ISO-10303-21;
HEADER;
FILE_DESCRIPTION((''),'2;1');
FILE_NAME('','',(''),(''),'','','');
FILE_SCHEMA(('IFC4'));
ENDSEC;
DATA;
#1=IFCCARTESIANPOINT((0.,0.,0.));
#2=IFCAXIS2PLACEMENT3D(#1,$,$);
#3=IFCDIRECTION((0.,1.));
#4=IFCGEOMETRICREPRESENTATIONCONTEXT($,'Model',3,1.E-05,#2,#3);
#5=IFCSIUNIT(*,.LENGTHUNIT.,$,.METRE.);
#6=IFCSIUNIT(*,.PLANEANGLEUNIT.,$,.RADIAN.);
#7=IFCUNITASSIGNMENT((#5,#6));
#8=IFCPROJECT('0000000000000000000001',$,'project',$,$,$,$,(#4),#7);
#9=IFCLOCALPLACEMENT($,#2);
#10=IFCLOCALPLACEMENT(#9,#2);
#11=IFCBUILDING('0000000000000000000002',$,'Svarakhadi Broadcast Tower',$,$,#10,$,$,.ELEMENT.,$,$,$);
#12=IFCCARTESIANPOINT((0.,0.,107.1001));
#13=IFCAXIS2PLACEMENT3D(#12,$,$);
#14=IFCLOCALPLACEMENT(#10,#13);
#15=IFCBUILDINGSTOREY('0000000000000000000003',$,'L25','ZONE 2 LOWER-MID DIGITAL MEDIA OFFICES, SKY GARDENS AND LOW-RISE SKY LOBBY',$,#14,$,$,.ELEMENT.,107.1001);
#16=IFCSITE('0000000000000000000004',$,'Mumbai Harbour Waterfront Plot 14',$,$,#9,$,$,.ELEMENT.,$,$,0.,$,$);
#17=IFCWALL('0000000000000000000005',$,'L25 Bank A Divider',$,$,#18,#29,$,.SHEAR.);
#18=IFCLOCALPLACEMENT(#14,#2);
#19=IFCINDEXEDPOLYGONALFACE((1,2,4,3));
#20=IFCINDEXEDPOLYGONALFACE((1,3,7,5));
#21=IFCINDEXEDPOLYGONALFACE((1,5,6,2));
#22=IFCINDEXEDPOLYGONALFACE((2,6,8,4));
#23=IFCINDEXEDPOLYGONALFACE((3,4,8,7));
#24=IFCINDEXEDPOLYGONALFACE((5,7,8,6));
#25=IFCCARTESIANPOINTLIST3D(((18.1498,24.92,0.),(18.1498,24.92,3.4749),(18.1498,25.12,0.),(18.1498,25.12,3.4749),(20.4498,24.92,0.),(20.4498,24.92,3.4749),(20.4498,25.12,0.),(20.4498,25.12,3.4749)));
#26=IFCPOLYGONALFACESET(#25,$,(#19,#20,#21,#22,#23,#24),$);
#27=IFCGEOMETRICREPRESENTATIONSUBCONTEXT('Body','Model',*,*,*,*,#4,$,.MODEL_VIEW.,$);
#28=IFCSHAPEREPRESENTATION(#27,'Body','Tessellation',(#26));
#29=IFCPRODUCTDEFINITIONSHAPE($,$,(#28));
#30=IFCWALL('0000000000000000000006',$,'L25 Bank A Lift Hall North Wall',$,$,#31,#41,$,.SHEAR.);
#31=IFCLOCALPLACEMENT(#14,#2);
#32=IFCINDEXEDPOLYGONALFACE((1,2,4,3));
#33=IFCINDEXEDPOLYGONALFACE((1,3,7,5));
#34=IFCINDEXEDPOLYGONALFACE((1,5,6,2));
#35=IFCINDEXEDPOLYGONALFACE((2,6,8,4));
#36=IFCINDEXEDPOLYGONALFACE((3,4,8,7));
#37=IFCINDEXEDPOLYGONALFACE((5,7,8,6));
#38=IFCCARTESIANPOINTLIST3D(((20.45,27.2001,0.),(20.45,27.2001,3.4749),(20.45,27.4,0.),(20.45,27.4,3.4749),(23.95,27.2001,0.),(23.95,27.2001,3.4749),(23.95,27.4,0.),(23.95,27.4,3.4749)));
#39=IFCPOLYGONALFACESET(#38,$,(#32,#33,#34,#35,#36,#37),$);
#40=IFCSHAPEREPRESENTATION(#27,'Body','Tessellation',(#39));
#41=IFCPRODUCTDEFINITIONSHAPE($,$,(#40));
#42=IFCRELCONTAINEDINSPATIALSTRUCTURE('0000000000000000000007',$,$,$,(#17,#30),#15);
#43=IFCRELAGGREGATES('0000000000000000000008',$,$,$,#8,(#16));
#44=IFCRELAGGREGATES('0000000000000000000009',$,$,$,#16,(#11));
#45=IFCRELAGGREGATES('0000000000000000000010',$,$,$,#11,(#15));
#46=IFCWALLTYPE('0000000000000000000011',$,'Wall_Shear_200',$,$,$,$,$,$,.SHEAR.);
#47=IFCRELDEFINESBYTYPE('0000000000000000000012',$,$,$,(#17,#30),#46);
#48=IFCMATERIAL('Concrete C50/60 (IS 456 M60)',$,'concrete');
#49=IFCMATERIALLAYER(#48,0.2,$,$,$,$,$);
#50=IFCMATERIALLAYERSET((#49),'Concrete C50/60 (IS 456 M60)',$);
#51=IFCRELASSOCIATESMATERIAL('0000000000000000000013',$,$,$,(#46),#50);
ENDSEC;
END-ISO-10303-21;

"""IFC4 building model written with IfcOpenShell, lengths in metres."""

from ifc_helpers import new_model, si_unit, direction, frame, frame_2d, origin, place, context, subcontext, project, spatial, rectangle, extrude, material, layer, layer_set, type_object, element, save


model = new_model("IFC4")

# Units and contexts
model_context = context("Model", 3, precision=1e-05, world=origin(), true_north=direction((0.0, 1.0)))
body_context = subcontext(model_context, "Body", "Model", "MODEL_VIEW")
ifc_project = project(units=[si_unit("LENGTHUNIT", "METRE"), si_unit("PLANEANGLEUNIT", "RADIAN")], contexts=[model_context])

# Site, building, storey
site_placement = place(None, origin())
site = spatial("IfcSite", under=ifc_project, at=site_placement, Name="Mumbai Harbour Waterfront Plot 14", CompositionType="ELEMENT", RefElevation=0.0)
building_placement = place(site_placement, origin())
building = spatial("IfcBuilding", under=site, at=building_placement, Name="Svarakhadi Broadcast Tower", CompositionType="ELEMENT")
storey_placement = place(building_placement, frame((0.0, 0.0, 107.1001)))
storey = spatial("IfcBuildingStorey", under=building, at=storey_placement, Name="L25", Description="ZONE 2 LOWER-MID DIGITAL MEDIA OFFICES, SKY GARDENS AND LOW-RISE SKY LOBBY", CompositionType="ELEMENT", Elevation=107.1001)

# Walls
ifc_material_1 = material(Name="Concrete C50/60 (IS 456 M60)", Category="concrete")
ifc_layer_1 = layer(ifc_material_1, 0.2)
ifc_layer_set_1 = layer_set([ifc_layer_1], Name="Concrete C50/60 (IS 456 M60)")
wall_type_1 = type_object("IfcWallType", Name="Wall_Shear_200", PredefinedType="SHEAR", material=ifc_layer_set_1)
wall_1_placement = place(storey_placement, frame((18.1499, 25.02, 0.0), z_axis=(0.0, 0.0, 1.0), x_axis=(1.0, 0.0, 0.0)))
element("IfcWall", 1, at=wall_1_placement, inside=storey, type_object=wall_type_1, Name="L25 Bank A Divider", PredefinedType="SHEAR", context=body_context, shape_type="SweptSolid", body=[
    extrude(rectangle(XDim=2.3, YDim=0.2, at=frame_2d((1.1499, 0.0))), origin(), (0.0, 0.0, 1.0), 3.4749),
])
wall_2_placement = place(storey_placement, frame((20.45, 27.3, 0.0), z_axis=(0.0, 0.0, 1.0), x_axis=(1.0, 0.0, 0.0)))
element("IfcWall", 2, at=wall_2_placement, inside=storey, type_object=wall_type_1, Name="L25 Bank A Lift Hall North Wall", PredefinedType="SHEAR", context=body_context, shape_type="SweptSolid", body=[
    extrude(rectangle(XDim=3.5, YDim=0.2, at=frame_2d((1.75, 0.0))), origin(), (0.0, 0.0, 1.0), 3.4749),
])

save(model, "model.ifc")
